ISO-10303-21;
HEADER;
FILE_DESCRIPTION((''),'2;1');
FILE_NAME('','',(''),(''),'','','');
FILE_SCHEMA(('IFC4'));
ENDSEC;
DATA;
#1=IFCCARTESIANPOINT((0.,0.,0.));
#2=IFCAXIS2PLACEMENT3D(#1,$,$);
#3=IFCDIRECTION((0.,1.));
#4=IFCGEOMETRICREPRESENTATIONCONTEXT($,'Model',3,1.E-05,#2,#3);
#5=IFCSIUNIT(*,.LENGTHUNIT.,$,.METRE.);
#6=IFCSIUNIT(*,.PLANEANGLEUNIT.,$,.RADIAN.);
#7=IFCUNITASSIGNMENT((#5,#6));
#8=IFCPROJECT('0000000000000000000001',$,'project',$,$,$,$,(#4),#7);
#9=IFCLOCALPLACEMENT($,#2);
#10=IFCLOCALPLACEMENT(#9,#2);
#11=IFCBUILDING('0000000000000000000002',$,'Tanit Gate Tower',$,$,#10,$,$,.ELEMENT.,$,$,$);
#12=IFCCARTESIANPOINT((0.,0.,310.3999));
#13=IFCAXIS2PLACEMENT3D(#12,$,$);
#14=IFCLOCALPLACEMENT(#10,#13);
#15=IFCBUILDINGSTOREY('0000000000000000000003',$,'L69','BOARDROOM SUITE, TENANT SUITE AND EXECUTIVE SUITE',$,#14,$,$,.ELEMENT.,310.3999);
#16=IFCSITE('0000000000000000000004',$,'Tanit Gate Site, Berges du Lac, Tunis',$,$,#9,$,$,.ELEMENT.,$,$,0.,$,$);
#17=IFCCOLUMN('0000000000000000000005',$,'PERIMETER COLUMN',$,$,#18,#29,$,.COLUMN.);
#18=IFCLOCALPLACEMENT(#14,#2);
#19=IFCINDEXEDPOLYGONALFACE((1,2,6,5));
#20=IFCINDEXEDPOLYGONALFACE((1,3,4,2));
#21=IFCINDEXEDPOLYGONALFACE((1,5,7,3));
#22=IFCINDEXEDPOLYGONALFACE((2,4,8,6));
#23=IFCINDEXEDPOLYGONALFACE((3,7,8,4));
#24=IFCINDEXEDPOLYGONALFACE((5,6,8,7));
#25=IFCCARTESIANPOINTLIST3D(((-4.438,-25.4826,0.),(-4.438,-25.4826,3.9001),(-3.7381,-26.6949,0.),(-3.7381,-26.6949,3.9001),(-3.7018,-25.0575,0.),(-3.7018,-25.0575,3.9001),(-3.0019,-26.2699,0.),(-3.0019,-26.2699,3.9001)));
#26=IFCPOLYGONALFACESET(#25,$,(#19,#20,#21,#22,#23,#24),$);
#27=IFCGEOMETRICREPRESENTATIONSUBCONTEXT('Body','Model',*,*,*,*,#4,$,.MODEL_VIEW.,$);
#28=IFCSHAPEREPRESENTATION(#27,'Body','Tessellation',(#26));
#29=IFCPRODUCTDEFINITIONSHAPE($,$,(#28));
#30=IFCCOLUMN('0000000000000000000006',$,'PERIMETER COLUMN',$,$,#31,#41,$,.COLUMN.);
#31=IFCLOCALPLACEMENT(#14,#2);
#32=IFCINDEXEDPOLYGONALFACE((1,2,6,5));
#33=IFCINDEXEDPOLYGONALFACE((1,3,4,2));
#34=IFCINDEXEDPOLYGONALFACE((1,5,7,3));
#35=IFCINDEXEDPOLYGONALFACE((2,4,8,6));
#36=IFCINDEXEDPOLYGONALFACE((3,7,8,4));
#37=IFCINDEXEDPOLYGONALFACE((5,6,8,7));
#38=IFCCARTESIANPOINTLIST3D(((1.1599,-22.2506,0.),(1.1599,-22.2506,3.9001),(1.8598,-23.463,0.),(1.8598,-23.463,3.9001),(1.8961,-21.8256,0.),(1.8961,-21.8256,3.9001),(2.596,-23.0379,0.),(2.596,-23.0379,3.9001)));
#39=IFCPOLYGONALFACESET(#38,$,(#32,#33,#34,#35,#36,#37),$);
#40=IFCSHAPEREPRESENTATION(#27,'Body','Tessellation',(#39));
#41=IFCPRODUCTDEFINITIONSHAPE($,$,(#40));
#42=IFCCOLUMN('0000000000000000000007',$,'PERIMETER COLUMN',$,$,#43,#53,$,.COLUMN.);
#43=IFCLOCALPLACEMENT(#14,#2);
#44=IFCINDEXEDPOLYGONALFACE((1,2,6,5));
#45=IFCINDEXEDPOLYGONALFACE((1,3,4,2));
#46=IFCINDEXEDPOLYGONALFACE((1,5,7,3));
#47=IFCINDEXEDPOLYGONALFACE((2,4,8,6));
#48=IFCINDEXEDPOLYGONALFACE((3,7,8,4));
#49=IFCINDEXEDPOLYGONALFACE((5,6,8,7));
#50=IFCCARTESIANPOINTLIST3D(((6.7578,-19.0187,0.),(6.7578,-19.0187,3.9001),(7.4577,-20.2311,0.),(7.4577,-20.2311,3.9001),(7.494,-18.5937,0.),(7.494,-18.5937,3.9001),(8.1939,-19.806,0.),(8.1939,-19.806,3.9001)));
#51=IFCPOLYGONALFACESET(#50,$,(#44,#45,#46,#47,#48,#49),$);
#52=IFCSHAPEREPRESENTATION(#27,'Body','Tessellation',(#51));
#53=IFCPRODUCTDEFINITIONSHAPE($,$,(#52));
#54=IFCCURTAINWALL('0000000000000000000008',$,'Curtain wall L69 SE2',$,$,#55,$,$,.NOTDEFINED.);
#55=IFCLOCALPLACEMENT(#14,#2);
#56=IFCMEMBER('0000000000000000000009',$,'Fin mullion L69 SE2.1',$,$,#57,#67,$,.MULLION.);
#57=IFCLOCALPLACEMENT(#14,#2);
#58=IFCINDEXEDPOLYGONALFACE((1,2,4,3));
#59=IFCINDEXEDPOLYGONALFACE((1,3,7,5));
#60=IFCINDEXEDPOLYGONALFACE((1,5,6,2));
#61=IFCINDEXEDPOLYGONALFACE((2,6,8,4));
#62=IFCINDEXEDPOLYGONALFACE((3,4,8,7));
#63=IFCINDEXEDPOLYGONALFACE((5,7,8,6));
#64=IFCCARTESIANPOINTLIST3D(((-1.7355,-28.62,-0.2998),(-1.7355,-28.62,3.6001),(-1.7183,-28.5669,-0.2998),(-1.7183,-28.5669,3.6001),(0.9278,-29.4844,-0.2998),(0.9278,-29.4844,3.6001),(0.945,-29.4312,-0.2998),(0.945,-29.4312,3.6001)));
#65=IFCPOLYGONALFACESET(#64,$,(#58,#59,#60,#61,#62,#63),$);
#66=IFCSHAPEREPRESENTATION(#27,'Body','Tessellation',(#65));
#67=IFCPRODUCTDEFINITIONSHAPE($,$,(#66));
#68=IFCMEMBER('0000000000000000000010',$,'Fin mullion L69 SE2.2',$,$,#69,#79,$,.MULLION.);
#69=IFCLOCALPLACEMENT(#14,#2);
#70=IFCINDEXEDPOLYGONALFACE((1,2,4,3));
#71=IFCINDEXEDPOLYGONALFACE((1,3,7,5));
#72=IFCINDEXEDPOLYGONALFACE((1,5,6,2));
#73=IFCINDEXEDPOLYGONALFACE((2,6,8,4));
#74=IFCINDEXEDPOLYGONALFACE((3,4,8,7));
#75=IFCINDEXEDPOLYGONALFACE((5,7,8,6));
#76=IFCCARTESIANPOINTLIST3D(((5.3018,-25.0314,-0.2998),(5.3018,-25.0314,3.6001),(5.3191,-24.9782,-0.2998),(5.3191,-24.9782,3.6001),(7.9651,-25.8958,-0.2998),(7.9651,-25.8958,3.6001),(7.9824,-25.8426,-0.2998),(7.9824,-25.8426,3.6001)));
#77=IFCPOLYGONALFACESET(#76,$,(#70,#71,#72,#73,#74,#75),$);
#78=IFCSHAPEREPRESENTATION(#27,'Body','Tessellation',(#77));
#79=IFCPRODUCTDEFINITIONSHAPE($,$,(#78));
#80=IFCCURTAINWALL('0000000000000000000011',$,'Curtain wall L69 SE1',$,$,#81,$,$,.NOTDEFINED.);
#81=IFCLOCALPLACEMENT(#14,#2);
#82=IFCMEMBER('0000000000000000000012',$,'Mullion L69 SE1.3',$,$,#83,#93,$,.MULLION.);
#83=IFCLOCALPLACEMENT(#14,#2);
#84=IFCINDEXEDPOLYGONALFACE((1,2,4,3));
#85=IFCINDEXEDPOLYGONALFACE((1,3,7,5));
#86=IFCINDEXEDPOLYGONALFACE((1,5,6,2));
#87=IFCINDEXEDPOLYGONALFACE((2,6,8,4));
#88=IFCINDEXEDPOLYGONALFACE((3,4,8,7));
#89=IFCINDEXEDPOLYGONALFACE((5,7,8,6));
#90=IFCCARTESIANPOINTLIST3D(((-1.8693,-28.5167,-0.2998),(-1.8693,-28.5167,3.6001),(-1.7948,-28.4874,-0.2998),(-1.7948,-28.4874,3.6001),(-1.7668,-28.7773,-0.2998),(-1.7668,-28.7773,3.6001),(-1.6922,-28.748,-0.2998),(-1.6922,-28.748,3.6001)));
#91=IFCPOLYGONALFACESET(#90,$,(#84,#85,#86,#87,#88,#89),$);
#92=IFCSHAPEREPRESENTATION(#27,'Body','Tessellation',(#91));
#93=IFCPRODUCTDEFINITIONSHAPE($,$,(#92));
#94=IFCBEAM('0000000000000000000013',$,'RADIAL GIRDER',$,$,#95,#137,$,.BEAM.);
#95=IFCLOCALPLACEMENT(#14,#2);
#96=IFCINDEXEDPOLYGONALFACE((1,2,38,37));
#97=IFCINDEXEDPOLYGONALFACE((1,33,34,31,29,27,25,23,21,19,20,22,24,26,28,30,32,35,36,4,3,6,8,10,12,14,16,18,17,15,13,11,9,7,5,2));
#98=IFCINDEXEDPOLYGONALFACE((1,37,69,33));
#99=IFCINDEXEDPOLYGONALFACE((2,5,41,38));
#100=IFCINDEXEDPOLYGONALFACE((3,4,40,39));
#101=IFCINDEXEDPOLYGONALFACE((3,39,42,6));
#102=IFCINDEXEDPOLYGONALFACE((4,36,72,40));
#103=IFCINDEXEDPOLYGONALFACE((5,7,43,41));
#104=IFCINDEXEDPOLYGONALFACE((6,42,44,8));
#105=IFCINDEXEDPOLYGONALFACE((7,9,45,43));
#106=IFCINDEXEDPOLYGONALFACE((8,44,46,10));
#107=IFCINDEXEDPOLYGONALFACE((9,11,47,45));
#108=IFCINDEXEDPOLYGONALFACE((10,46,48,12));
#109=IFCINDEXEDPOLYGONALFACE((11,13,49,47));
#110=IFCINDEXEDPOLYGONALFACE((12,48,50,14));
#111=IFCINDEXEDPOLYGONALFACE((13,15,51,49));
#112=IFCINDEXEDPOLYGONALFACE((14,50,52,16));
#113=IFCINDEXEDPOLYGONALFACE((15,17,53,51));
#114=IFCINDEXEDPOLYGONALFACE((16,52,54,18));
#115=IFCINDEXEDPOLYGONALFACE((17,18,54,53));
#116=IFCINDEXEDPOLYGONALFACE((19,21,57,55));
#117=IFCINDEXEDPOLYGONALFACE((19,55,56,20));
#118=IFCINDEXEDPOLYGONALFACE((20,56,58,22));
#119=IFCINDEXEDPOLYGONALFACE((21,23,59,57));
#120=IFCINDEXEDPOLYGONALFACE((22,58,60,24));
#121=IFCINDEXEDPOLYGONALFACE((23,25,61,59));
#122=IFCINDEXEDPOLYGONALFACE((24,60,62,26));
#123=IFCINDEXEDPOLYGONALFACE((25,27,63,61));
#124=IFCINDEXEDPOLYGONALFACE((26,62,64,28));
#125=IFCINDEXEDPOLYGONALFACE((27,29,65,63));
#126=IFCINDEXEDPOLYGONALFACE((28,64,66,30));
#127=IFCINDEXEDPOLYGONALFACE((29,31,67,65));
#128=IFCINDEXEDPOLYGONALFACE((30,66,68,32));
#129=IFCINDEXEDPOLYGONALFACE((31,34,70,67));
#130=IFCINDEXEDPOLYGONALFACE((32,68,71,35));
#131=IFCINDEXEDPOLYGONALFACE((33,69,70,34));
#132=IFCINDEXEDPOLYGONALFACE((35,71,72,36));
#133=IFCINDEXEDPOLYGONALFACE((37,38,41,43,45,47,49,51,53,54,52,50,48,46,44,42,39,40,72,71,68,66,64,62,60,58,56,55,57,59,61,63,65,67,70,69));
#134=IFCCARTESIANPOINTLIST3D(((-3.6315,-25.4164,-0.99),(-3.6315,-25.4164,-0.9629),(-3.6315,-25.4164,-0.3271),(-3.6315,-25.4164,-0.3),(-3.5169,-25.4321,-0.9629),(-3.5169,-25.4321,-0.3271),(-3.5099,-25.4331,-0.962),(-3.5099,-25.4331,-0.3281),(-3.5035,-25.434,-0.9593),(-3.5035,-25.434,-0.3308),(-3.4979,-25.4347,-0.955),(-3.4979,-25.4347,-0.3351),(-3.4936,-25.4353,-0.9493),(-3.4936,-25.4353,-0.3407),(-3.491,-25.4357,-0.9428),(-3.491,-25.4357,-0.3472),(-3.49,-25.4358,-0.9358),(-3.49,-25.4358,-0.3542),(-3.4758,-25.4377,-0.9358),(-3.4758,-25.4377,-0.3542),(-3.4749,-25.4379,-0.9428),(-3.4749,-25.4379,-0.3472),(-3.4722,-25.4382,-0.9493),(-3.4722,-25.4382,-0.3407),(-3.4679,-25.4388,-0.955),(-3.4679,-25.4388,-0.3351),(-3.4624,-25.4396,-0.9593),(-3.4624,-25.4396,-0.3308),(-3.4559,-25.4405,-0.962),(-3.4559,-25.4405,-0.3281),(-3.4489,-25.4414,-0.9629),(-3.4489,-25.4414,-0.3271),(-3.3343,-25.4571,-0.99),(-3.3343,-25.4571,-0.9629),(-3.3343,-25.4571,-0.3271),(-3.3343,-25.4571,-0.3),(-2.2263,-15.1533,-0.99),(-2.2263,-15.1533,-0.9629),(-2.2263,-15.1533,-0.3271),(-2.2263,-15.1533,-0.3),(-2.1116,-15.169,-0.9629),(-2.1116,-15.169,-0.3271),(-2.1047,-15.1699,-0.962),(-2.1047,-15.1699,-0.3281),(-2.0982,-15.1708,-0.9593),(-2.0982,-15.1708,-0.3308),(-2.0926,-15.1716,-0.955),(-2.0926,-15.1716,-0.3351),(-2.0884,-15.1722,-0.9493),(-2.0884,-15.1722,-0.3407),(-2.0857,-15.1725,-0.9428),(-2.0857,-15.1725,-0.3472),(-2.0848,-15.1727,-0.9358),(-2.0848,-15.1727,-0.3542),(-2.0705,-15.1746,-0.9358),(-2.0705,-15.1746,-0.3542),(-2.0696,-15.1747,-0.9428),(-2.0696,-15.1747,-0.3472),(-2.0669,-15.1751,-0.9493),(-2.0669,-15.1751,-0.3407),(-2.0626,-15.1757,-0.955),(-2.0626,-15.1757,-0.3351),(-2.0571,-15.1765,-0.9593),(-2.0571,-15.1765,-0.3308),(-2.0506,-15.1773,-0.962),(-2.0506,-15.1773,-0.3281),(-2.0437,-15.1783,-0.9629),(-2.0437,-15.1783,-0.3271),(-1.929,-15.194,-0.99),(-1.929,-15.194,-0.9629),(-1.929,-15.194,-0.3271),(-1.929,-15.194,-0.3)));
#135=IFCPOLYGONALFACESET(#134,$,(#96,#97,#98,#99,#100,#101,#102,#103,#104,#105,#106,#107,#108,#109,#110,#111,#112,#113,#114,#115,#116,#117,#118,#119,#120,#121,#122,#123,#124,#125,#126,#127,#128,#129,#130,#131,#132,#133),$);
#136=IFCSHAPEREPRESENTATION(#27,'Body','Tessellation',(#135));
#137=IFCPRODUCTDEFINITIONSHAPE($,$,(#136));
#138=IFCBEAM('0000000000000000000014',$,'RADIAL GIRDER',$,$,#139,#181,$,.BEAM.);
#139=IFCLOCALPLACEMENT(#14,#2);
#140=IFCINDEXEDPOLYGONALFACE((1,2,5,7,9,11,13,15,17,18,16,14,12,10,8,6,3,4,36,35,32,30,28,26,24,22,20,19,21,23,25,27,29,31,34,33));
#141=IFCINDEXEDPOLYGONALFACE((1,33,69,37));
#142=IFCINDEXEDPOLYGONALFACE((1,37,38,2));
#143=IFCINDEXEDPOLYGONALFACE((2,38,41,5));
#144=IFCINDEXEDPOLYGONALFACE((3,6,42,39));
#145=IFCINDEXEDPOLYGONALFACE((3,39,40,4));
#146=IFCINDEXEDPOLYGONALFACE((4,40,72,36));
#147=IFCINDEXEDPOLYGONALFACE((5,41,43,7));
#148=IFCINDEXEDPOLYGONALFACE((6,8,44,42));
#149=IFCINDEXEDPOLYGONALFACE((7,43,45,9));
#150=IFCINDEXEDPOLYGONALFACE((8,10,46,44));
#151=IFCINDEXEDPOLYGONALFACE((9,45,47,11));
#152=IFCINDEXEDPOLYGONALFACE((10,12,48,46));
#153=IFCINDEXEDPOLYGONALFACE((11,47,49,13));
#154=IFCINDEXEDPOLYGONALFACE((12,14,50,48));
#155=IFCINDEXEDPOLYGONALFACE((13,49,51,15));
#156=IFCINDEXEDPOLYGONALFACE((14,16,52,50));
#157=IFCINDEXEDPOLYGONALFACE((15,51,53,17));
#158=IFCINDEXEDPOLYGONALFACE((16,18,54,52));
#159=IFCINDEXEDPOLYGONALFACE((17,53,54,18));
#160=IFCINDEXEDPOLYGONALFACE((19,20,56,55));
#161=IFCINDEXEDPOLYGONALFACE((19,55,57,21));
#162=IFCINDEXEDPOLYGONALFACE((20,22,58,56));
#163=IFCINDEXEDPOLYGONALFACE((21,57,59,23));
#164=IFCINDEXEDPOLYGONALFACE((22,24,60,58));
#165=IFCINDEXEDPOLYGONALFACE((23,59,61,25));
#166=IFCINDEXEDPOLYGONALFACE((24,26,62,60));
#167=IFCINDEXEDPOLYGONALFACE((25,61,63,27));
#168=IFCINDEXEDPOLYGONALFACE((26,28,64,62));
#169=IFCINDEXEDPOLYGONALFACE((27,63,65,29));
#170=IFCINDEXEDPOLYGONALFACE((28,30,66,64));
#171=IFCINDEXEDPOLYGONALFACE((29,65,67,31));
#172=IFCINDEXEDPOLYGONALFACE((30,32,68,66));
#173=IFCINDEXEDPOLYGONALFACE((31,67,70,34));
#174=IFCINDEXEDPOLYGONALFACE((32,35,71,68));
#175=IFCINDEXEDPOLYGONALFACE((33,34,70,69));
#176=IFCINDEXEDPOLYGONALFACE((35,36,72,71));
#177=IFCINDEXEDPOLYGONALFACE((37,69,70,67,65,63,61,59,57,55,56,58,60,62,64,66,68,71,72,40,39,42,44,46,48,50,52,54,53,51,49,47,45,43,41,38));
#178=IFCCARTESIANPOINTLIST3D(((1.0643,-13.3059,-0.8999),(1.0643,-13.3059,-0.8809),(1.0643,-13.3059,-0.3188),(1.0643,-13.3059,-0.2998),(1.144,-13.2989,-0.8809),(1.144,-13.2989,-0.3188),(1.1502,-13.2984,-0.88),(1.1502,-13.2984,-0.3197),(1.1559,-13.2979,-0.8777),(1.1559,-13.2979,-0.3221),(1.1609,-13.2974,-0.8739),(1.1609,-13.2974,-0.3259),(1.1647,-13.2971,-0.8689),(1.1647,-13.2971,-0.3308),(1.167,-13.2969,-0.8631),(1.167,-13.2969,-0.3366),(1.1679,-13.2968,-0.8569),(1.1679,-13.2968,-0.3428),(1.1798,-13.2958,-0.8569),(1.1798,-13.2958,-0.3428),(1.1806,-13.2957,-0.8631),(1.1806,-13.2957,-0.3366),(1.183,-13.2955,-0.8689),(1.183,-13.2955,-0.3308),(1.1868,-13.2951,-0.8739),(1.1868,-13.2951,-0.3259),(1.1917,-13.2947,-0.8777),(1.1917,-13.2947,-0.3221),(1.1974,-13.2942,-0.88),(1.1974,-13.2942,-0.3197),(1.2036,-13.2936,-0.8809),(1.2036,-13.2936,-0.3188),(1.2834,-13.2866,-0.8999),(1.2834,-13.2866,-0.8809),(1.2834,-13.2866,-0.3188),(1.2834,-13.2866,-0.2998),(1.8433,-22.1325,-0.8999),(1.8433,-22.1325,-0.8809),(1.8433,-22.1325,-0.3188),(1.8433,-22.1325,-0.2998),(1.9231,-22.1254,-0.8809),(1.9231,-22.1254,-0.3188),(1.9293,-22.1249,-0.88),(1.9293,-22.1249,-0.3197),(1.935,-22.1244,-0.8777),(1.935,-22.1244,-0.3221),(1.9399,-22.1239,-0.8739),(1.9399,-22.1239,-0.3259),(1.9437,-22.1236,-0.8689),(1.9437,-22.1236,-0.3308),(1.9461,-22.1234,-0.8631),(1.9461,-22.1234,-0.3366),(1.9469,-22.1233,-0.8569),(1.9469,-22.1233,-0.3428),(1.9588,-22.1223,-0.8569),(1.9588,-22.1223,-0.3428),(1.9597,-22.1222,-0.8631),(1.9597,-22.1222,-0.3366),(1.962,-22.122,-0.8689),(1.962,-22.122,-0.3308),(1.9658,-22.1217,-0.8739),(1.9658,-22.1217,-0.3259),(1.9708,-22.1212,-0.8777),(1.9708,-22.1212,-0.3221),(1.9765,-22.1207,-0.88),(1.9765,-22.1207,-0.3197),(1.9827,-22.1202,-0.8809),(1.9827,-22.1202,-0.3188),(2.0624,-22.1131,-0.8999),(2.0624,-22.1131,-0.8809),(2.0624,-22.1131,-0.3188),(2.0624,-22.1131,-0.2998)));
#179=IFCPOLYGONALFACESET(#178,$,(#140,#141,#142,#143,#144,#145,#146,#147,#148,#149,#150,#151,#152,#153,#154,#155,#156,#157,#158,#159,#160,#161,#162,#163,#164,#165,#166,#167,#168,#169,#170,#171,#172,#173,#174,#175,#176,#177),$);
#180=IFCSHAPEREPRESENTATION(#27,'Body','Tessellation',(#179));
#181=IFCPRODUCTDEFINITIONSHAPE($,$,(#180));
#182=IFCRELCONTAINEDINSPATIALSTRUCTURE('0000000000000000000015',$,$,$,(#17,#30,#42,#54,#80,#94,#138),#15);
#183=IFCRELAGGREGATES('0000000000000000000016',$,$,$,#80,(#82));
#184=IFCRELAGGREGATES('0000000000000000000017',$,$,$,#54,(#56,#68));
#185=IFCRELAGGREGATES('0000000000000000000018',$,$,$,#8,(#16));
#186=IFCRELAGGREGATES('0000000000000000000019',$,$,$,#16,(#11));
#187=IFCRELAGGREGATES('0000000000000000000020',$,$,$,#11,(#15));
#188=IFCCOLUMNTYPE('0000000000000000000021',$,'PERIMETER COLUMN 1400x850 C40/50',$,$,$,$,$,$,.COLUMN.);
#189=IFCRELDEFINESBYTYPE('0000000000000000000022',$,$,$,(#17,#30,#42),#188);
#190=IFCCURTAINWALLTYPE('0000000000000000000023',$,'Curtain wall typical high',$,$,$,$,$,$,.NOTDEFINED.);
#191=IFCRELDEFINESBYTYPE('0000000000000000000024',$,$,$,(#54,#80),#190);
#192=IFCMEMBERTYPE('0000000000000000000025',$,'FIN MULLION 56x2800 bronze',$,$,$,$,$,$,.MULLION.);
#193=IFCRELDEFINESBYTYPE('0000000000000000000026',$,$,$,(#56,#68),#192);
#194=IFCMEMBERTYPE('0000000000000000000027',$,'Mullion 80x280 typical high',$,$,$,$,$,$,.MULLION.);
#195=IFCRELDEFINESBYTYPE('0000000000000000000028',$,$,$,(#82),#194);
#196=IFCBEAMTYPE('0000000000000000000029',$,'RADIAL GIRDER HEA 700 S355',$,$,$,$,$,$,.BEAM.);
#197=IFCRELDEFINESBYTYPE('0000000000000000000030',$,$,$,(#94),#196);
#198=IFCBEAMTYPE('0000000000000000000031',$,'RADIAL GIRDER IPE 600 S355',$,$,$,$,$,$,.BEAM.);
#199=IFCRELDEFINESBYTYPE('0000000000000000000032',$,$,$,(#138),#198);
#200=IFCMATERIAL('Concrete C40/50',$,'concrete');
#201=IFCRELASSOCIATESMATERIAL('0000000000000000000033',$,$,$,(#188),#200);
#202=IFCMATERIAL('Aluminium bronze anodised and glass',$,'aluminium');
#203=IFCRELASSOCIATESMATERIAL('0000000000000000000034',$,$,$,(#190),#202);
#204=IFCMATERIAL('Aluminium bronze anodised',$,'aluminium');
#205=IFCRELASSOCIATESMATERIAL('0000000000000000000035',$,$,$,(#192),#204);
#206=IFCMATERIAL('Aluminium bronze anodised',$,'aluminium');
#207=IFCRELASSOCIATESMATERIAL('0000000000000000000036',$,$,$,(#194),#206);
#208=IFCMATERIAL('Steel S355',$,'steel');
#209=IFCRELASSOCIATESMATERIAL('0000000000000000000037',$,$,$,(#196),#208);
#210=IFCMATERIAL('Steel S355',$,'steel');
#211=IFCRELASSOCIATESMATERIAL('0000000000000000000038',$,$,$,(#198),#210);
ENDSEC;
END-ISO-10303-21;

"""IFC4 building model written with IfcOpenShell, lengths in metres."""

from ifc_helpers import new_model, si_unit, direction, frame, origin, origin_2d, place, context, subcontext, project, spatial, rectangle, i_section, extrude, material, material_profile, profile_set, type_object, element, aggregate, save


model = new_model("IFC4")

# Units and contexts
model_context = context("Model", 3, precision=1e-05, world=origin(), true_north=direction((0.0, 1.0)))
body_context = subcontext(model_context, "Body", "Model", "MODEL_VIEW")
ifc_project = project(units=[si_unit("LENGTHUNIT", "METRE"), si_unit("PLANEANGLEUNIT", "RADIAN")], contexts=[model_context])

# Site, building, storey
site_placement = place(None, origin())
site = spatial("IfcSite", under=ifc_project, at=site_placement, Name="Tanit Gate Site, Berges du Lac, Tunis", CompositionType="ELEMENT", RefElevation=0.0)
building_placement = place(site_placement, origin())
building = spatial("IfcBuilding", under=site, at=building_placement, Name="Tanit Gate Tower", CompositionType="ELEMENT")
storey_placement = place(building_placement, frame((0.0, 0.0, 310.3999)))
storey = spatial("IfcBuildingStorey", under=building, at=storey_placement, Name="L69", Description="BOARDROOM SUITE, TENANT SUITE AND EXECUTIVE SUITE", CompositionType="ELEMENT", Elevation=310.3999)

# Columns
ifc_material_1 = material(Name="Concrete C40/50", Category="concrete")
ifc_material_profile_1 = material_profile(ifc_material_1, rectangle(XDim=1.3999, YDim=0.8501, at=origin_2d()), Name="RC 1400x850")
ifc_profile_set_1 = profile_set([ifc_material_profile_1], Name="Concrete C40/50")
column_type = type_object("IfcColumnType", Name="PERIMETER COLUMN 1400x850 C40/50", PredefinedType="COLUMN", material=ifc_profile_set_1)
for number, where, z_axis, x_axis, name in (
    (1, (-3.72, -25.8762, 0.0), (0.0, 0.0, 1.0), (0.5, -0.866025, 0.0), "PERIMETER COLUMN"),
    (2, (1.8779, -22.6443, 0.0), (0.0, 0.0, 1.0), (0.5, -0.866025, 0.0), "PERIMETER COLUMN"),
    (3, (7.4758, -19.4124, 0.0), (0.0, 0.0, 1.0), (0.5, -0.866025, 0.0), "PERIMETER COLUMN"),
):
    element("IfcColumn", number, at=place(storey_placement, frame(where, z_axis=z_axis, x_axis=x_axis)), inside=storey, type_object=column_type, Name=name, PredefinedType="COLUMN", context=body_context, shape_type="SweptSolid", body=[
        extrude(rectangle(XDim=1.3999, YDim=0.8501, at=origin_2d()), origin(), (0.0, 0.0, 1.0), 3.9001),
    ])

# Curtain wall, members
ifc_material_2 = material(Name="Aluminium bronze anodised and glass", Category="aluminium")
curtain_wall_type = type_object("IfcCurtainWallType", Name="Curtain wall typical high", PredefinedType="NOTDEFINED", material=ifc_material_2)
curtain_wall_1_placement = place(storey_placement, origin())
curtain_wall_1 = element("IfcCurtainWall", 4, at=curtain_wall_1_placement, inside=storey, type_object=curtain_wall_type, Name="Curtain wall L69 SE2", PredefinedType="NOTDEFINED")
ifc_material_3 = material(Name="Aluminium bronze anodised", Category="aluminium")
ifc_material_profile_2 = material_profile(ifc_material_3, rectangle(XDim=2.8, YDim=0.0559, at=origin_2d()), Name="56x2800 bronze fin mullion")
ifc_profile_set_2 = profile_set([ifc_material_profile_2], Name="Aluminium bronze anodised")
member_type_1 = type_object("IfcMemberType", Name="FIN MULLION 56x2800 bronze", PredefinedType="MULLION", material=ifc_profile_set_2)
member_1_placement = place(storey_placement, frame((-0.3953, -29.0256, -0.2998), z_axis=(0.0, 0.0, 1.0), x_axis=(-0.95116, 0.3087, 0.0)))
member_1 = element("IfcMember", 5, at=member_1_placement, type_object=member_type_1, Name="Fin mullion L69 SE2.1", PredefinedType="MULLION", context=body_context, shape_type="SweptSolid", body=[
    extrude(rectangle(XDim=2.8, YDim=0.0559, at=origin_2d()), origin(), (0.0, 0.0, 1.0), 3.8999),
])
member_2_placement = place(storey_placement, frame((6.6421, -25.437, -0.2998), z_axis=(0.0, 0.0, 1.0), x_axis=(-0.95116, 0.3087, 0.0)))
member_2 = element("IfcMember", 6, at=member_2_placement, type_object=member_type_1, Name="Fin mullion L69 SE2.2", PredefinedType="MULLION", context=body_context, shape_type="SweptSolid", body=[
    extrude(rectangle(XDim=2.8, YDim=0.0559, at=origin_2d()), origin(), (0.0, 0.0, 1.0), 3.8999),
])

# Curtain wall, member
curtain_wall_2_placement = place(storey_placement, origin())
curtain_wall_2 = element("IfcCurtainWall", 7, at=curtain_wall_2_placement, inside=storey, type_object=curtain_wall_type, Name="Curtain wall L69 SE1", PredefinedType="NOTDEFINED")
ifc_material_4 = material(Name="Aluminium bronze anodised", Category="aluminium")
ifc_material_profile_3 = material_profile(ifc_material_4, rectangle(XDim=0.28, YDim=0.0801, at=origin_2d()), Name="80x280 bronze mullion")
ifc_profile_set_3 = profile_set([ifc_material_profile_3], Name="Aluminium bronze anodised")
member_type_2 = type_object("IfcMemberType", Name="Mullion 80x280 typical high", PredefinedType="MULLION", material=ifc_profile_set_3)
member_3_placement = place(storey_placement, frame((-1.7808, -28.6323, -0.2998), z_axis=(0.0, 0.0, 1.0), x_axis=(-0.366106, 0.930573, 0.0)))
member_3 = element("IfcMember", 8, at=member_3_placement, type_object=member_type_2, Name="Mullion L69 SE1.3", PredefinedType="MULLION", context=body_context, shape_type="SweptSolid", body=[
    extrude(rectangle(XDim=0.28, YDim=0.0801, at=origin_2d()), origin(), (0.0, 0.0, 1.0), 3.8999),
])
aggregate(curtain_wall_2, [member_3])

# Beams
ifc_material_5 = material(Name="Steel S355", Category="steel")
ifc_material_profile_4 = material_profile(ifc_material_5, i_section(OverallWidth=0.3, OverallDepth=0.6899, WebThickness=0.0144, FlangeThickness=0.0271, FilletRadius=0.0271, at=origin_2d()), Name="HEA 700")
ifc_profile_set_4 = profile_set([ifc_material_profile_4], Name="Steel S355")
beam_type_1 = type_object("IfcBeamType", Name="RADIAL GIRDER HEA 700 S355", PredefinedType="BEAM", material=ifc_profile_set_4)
beam_1_placement = place(storey_placement, frame((-3.4829, -25.4368, -0.645), z_axis=(0.135658, 0.990756, 0.0), x_axis=(-0.990756, 0.135658, 0.0)))
element("IfcBeam", 9, at=beam_1_placement, inside=storey, type_object=beam_type_1, Name="RADIAL GIRDER", PredefinedType="BEAM", context=body_context, shape_type="SweptSolid", body=[
    extrude(i_section(OverallWidth=0.3, OverallDepth=0.6899, WebThickness=0.0144, FlangeThickness=0.0271, FilletRadius=0.0271, at=origin_2d()), origin(), (0.0, 0.0, 1.0), 10.3589),
])
ifc_material_6 = material(Name="Steel S355", Category="steel")
ifc_material_profile_5 = material_profile(ifc_material_6, i_section(OverallWidth=0.22, OverallDepth=0.6001, WebThickness=0.012, FlangeThickness=0.019, FilletRadius=0.0239, at=origin_2d()), Name="IPE 600")
ifc_profile_set_5 = profile_set([ifc_material_profile_5], Name="Steel S355")
beam_type_2 = type_object("IfcBeamType", Name="RADIAL GIRDER IPE 600 S355", PredefinedType="BEAM", material=ifc_profile_set_5)
beam_2_placement = place(storey_placement, frame((1.9529, -22.1228, -0.5999), z_axis=(-0.087922, 0.996127, 0.0), x_axis=(-0.996127, -0.087922, 0.0)))
element("IfcBeam", 10, at=beam_2_placement, inside=storey, type_object=beam_type_2, Name="RADIAL GIRDER", PredefinedType="BEAM", context=body_context, shape_type="SweptSolid", body=[
    extrude(i_section(OverallWidth=0.22, OverallDepth=0.6001, WebThickness=0.012, FlangeThickness=0.019, FilletRadius=0.0239, at=origin_2d()), origin(), (0.0, 0.0, 1.0), 8.8608),
])

aggregate(curtain_wall_1, [member_1, member_2])

save(model, "model.ifc")
